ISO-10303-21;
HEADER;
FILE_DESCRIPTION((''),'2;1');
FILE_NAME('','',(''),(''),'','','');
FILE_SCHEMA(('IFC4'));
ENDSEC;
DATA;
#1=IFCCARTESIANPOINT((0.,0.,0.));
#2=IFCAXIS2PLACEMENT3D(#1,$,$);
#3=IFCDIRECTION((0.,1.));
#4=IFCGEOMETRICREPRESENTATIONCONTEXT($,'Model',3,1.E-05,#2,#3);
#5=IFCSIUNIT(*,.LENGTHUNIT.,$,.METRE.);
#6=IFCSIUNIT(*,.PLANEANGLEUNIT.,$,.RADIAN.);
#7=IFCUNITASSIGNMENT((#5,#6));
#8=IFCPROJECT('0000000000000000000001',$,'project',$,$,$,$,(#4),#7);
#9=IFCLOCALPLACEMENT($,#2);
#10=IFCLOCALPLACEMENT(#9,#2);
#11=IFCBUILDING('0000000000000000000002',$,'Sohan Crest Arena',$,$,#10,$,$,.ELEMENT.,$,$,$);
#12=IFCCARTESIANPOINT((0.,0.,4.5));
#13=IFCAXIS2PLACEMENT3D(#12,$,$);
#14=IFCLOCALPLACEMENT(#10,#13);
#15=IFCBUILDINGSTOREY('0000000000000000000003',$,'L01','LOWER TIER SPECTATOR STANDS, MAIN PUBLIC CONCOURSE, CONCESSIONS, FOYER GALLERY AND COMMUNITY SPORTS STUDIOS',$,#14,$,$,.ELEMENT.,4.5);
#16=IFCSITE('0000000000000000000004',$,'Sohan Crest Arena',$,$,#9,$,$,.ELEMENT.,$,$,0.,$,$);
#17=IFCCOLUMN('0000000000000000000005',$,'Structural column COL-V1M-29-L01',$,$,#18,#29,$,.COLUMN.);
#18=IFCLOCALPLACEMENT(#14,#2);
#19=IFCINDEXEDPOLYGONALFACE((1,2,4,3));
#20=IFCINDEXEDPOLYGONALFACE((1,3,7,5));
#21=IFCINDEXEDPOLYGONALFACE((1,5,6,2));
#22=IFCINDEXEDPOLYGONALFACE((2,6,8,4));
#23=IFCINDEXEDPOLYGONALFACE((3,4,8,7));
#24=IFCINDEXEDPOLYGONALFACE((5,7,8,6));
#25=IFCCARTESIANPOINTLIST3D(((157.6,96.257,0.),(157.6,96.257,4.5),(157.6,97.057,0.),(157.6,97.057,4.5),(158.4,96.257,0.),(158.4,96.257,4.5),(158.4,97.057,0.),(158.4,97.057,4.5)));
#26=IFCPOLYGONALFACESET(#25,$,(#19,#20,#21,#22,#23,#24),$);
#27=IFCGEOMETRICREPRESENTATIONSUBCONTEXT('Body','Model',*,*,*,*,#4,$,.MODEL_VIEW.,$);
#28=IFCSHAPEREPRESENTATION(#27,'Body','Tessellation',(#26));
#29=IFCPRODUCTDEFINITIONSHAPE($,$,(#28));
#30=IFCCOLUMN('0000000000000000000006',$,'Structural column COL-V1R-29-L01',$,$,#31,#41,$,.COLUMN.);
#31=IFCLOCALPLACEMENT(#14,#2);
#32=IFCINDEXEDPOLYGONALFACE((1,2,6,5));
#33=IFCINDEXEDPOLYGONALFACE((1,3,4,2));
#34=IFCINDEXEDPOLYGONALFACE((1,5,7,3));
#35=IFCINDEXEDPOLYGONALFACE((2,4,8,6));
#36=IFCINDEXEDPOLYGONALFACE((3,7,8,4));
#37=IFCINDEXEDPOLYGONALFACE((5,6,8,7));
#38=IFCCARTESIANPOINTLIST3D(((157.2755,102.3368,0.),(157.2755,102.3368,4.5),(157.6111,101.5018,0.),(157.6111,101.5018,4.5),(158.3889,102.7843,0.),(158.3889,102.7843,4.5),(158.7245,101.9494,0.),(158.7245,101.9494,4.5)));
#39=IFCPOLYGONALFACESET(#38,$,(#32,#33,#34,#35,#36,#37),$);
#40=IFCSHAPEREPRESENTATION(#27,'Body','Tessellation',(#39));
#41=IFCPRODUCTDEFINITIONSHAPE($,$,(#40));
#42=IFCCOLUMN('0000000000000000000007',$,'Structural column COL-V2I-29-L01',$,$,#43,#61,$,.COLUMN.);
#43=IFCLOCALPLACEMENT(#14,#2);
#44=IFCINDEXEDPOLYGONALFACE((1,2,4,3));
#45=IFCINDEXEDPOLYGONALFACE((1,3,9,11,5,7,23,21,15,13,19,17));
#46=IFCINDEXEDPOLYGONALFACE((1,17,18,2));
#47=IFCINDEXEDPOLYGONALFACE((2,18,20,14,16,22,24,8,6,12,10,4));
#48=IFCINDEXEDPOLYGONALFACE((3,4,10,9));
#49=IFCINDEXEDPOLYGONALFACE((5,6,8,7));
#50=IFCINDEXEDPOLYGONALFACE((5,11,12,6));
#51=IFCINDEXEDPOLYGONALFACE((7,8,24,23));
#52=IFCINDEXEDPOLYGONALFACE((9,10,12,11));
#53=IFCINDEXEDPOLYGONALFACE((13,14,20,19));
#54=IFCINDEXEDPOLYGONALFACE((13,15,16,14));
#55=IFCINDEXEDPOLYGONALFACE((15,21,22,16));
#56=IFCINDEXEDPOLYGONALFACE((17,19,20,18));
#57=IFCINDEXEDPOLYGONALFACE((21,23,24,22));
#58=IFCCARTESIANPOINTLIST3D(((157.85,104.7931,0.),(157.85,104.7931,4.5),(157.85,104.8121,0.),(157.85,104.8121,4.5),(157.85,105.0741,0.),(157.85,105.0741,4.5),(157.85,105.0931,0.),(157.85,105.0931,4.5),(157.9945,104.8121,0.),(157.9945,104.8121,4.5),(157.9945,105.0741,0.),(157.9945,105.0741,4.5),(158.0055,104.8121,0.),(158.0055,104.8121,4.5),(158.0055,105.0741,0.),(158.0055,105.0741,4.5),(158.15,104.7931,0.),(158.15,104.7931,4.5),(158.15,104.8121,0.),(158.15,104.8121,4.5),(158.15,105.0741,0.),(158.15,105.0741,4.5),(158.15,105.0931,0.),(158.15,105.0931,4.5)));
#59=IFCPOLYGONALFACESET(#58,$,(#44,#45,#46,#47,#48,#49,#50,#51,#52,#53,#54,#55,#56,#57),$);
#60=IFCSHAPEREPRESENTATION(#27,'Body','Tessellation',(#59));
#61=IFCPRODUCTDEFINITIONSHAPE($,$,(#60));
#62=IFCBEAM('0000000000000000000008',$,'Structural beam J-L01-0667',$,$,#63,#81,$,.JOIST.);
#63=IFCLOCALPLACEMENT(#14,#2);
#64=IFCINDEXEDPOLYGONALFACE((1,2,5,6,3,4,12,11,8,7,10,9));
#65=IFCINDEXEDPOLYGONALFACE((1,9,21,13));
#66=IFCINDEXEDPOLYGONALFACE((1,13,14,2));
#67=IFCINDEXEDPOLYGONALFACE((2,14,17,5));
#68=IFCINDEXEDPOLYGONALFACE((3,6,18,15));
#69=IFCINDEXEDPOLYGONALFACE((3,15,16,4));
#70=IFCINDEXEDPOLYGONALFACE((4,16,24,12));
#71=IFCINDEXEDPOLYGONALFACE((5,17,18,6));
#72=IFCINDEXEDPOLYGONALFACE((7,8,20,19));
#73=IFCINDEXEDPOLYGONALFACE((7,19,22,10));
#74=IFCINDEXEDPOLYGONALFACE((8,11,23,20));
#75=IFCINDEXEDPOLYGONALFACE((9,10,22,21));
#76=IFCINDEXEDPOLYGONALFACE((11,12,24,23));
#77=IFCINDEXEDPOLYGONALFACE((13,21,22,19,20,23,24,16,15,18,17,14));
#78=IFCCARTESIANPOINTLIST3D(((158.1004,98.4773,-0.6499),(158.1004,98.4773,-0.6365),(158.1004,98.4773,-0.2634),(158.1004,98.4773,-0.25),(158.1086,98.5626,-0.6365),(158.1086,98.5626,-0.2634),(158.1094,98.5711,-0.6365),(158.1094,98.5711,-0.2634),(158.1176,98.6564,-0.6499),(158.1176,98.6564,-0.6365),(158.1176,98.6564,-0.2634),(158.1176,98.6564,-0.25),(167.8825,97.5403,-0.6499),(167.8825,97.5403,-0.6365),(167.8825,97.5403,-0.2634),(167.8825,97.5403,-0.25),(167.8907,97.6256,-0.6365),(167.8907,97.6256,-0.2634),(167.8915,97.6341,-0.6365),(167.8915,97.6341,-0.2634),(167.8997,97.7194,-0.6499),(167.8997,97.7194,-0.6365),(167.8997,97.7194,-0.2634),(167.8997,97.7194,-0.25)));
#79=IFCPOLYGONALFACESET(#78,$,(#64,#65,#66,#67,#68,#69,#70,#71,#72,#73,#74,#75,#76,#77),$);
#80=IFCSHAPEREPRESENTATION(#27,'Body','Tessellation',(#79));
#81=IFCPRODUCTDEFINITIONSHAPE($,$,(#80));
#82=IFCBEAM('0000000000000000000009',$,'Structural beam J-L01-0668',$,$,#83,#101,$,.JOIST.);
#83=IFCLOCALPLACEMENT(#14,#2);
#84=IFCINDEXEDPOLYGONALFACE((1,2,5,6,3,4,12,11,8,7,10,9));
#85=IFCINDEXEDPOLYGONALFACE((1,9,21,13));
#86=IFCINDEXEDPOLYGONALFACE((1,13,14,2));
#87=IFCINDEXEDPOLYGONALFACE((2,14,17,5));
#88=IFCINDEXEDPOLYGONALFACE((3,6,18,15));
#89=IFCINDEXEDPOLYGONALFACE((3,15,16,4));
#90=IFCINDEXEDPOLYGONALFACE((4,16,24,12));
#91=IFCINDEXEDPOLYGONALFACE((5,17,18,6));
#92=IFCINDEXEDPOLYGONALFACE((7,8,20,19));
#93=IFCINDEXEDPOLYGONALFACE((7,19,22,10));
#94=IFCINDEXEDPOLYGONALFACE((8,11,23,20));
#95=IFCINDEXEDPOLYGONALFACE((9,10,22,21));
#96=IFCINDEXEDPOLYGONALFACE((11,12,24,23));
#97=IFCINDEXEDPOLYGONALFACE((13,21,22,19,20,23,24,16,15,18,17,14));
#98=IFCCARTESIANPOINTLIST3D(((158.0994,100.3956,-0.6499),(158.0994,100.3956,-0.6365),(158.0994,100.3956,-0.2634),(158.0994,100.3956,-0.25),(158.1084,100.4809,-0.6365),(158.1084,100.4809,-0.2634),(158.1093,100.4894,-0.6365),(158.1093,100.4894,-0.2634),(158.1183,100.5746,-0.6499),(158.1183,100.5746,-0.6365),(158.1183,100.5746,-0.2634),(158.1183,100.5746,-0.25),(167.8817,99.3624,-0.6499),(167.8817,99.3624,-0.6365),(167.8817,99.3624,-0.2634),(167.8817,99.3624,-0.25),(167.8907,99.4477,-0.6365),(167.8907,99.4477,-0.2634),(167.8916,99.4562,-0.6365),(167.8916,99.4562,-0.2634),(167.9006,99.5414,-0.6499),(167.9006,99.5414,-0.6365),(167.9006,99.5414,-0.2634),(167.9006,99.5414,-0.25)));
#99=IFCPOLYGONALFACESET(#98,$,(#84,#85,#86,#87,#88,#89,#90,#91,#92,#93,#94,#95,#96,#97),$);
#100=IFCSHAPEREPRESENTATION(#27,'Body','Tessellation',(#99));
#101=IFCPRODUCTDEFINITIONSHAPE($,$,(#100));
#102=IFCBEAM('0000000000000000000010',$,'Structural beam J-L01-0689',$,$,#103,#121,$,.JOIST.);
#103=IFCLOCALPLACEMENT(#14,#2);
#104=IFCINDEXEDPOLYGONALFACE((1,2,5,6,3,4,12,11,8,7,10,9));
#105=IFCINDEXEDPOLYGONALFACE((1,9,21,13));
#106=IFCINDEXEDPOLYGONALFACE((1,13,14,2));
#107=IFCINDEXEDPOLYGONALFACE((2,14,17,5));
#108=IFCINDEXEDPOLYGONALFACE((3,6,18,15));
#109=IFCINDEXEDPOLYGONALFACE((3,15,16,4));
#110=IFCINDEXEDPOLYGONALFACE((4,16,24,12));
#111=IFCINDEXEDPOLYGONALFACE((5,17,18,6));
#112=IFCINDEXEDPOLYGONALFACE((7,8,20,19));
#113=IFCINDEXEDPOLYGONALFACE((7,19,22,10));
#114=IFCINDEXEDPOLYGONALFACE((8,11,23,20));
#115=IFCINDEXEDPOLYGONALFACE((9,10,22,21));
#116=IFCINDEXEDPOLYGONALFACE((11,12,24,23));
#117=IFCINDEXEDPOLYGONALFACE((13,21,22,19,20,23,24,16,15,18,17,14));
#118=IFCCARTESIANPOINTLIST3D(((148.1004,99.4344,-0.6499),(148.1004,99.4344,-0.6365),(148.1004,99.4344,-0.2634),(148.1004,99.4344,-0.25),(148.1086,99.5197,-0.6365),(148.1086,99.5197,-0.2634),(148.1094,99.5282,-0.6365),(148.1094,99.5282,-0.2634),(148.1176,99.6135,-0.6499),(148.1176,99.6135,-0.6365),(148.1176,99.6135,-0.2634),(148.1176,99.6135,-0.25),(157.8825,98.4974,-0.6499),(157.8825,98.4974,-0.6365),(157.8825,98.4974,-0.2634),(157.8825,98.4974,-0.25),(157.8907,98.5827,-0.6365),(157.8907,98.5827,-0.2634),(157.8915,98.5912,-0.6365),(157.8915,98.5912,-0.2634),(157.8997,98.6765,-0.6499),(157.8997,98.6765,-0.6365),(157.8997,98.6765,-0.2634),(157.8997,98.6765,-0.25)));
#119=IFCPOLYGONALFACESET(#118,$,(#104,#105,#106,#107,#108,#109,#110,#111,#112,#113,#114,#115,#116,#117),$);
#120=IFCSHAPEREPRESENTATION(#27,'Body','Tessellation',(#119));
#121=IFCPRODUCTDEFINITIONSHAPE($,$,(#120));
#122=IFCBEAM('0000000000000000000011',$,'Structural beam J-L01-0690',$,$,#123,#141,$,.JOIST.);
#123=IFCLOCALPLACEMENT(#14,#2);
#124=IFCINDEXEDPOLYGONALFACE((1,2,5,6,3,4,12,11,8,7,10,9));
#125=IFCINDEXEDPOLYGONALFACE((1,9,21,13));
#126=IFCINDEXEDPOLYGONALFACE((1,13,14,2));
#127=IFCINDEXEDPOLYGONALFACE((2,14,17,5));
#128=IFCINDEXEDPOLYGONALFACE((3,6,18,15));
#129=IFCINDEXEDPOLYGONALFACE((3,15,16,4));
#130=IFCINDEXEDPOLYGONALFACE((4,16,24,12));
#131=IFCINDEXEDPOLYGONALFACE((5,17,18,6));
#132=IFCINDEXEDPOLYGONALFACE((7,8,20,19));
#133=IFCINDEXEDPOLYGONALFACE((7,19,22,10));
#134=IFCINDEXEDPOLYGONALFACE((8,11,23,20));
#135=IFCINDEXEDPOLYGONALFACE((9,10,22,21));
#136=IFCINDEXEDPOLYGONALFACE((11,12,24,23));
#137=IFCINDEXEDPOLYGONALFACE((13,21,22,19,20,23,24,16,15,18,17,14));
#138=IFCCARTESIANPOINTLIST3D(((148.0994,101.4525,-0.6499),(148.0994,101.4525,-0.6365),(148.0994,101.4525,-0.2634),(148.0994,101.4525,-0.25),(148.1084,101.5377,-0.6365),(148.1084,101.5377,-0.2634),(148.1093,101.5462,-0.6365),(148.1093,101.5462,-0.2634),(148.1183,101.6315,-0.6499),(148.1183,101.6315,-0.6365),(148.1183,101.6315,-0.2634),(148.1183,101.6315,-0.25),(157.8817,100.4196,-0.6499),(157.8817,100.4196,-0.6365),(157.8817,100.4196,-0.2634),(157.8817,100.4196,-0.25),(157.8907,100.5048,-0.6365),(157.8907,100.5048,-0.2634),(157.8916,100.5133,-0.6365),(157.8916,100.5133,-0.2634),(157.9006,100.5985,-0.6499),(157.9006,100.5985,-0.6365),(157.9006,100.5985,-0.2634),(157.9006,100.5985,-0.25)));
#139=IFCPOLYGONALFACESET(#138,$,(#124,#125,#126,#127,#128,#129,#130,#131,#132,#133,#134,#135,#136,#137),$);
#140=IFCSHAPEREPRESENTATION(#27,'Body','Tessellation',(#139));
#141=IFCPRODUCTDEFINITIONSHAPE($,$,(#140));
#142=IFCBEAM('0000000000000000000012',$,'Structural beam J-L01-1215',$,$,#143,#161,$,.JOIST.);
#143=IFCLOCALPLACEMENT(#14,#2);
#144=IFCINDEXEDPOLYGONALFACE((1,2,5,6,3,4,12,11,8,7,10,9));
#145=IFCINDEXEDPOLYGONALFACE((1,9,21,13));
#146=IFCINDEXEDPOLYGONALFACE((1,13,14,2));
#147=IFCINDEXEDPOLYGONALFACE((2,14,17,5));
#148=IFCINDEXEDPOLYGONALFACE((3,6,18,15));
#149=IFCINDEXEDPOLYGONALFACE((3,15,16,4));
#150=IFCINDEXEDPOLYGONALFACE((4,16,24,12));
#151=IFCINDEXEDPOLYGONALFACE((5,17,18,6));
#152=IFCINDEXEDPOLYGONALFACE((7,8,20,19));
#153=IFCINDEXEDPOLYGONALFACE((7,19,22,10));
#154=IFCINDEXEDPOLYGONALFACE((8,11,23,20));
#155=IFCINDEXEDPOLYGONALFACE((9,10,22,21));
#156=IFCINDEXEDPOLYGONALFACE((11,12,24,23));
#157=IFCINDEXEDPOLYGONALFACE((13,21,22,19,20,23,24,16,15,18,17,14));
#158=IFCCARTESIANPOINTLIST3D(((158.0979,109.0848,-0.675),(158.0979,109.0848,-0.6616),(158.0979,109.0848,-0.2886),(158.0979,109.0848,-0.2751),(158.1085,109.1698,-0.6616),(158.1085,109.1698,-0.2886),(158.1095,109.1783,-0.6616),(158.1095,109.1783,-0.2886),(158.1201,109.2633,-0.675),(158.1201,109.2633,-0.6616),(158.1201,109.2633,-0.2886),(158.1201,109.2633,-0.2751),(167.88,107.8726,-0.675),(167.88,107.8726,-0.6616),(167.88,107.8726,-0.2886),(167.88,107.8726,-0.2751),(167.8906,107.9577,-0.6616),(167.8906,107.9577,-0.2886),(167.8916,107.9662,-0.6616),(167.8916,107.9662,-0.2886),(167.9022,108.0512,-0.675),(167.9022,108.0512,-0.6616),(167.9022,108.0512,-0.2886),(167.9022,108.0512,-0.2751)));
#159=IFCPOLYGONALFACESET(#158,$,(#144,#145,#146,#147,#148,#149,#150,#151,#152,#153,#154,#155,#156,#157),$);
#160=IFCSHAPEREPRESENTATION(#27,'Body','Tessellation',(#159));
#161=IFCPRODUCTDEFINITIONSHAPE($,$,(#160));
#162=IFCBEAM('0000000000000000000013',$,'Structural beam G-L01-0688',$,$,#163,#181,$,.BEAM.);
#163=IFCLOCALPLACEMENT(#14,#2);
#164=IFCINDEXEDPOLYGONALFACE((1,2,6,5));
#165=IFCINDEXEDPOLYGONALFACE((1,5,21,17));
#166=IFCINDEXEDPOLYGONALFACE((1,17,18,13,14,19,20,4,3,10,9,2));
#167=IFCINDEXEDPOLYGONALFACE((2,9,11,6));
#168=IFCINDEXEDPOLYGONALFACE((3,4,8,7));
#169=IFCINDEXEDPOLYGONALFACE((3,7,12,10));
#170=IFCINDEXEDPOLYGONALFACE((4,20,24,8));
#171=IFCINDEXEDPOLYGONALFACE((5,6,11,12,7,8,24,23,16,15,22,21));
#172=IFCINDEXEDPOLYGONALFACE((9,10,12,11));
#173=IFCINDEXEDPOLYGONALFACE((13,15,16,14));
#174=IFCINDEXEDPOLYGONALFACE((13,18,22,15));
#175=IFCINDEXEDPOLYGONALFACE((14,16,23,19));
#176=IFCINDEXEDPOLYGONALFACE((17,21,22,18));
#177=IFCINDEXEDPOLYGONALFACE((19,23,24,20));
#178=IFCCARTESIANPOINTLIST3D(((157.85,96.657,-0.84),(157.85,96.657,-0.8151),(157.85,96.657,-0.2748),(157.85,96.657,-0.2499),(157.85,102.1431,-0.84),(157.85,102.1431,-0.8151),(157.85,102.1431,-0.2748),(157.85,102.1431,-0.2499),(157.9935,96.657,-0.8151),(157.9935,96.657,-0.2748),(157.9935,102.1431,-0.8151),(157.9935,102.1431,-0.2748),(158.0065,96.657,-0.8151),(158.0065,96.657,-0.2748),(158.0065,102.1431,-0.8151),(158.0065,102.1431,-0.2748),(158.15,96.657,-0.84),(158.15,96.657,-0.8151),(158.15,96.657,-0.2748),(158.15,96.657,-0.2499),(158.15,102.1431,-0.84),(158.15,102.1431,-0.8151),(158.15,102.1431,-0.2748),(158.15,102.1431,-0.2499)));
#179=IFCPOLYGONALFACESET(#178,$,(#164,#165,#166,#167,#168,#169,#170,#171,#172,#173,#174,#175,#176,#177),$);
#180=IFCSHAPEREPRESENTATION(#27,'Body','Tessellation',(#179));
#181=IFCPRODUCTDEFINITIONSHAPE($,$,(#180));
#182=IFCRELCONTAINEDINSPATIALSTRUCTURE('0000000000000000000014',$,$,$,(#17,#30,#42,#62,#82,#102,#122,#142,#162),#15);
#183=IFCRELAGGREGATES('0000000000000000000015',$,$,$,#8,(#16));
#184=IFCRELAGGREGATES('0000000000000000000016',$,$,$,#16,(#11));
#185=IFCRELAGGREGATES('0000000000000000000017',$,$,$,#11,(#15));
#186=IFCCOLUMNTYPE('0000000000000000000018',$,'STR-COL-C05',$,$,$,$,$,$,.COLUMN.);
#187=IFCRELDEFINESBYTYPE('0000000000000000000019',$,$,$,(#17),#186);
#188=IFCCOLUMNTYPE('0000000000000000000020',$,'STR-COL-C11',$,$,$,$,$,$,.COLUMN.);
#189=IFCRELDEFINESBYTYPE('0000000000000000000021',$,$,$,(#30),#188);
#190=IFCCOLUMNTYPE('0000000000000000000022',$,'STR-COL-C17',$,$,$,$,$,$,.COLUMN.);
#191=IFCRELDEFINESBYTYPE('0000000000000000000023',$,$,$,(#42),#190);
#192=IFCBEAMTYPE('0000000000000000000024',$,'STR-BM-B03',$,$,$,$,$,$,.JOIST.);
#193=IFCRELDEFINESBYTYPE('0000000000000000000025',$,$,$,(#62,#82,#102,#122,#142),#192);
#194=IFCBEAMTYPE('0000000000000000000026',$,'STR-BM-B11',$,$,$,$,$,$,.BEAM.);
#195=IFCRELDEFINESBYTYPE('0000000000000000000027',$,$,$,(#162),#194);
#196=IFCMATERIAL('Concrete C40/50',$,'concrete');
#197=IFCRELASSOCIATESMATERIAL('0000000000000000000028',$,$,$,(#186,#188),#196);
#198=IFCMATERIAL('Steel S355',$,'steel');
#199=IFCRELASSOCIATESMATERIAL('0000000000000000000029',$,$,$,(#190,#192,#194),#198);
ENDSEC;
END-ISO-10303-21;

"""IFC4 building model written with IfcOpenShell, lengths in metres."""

from ifc_helpers import new_model, si_unit, direction, frame, origin, origin_2d, place, context, subcontext, project, spatial, rectangle, i_section, extrude, material, material_profile, profile_set, type_object, element, save


model = new_model("IFC4")

# Units and contexts
model_context = context("Model", 3, precision=1e-05, world=origin(), true_north=direction((0.0, 1.0)))
body_context = subcontext(model_context, "Body", "Model", "MODEL_VIEW")
ifc_project = project(units=[si_unit("LENGTHUNIT", "METRE"), si_unit("PLANEANGLEUNIT", "RADIAN")], contexts=[model_context])

# Site, building, storey
site_placement = place(None, origin())
site = spatial("IfcSite", under=ifc_project, at=site_placement, Name="Sohan Crest Arena", CompositionType="ELEMENT", RefElevation=0.0)
building_placement = place(site_placement, origin())
building = spatial("IfcBuilding", under=site, at=building_placement, Name="Sohan Crest Arena", CompositionType="ELEMENT")
storey_placement = place(building_placement, frame((0.0, 0.0, 4.5)))
storey = spatial("IfcBuildingStorey", under=building, at=storey_placement, Name="L01", Description="LOWER TIER SPECTATOR STANDS, MAIN PUBLIC CONCOURSE, CONCESSIONS, FOYER GALLERY AND COMMUNITY SPORTS STUDIOS", CompositionType="ELEMENT", Elevation=4.5)

# Columns
ifc_material_1 = material(Name="Concrete C40/50", Category="concrete")
ifc_material_profile_1 = material_profile(ifc_material_1, rectangle(XDim=0.8, YDim=0.8, at=origin_2d()), Name="RC 800x800")
ifc_profile_set_1 = profile_set([ifc_material_profile_1], Name="Concrete C40/50")
column_type_1 = type_object("IfcColumnType", Name="STR-COL-C05", PredefinedType="COLUMN", material=ifc_profile_set_1)
column_1_placement = place(storey_placement, frame((158.0, 96.657, 0.0), z_axis=(0.0, 0.0, 1.0), x_axis=(1.0, 0.0, 0.0)))
element("IfcColumn", 1, at=column_1_placement, inside=storey, type_object=column_type_1, Name="Structural column COL-V1M-29-L01", PredefinedType="COLUMN", context=body_context, shape_type="SweptSolid", body=[
    extrude(rectangle(XDim=0.8, YDim=0.8, at=origin_2d()), origin(), (0.0, 0.0, 1.0), 4.5),
])
ifc_material_profile_2 = material_profile(ifc_material_1, rectangle(XDim=1.2, YDim=0.8999, at=origin_2d()), Name="RC 1200x900")
ifc_profile_set_2 = profile_set([ifc_material_profile_2], Name="Concrete C40/50")
column_type_2 = type_object("IfcColumnType", Name="STR-COL-C11", PredefinedType="COLUMN", material=ifc_profile_set_2)
column_2_placement = place(storey_placement, frame((158.0, 102.1431, 0.0), z_axis=(0.0, 0.0, 1.0), x_axis=(0.927836, 0.372988, 0.0)))
element("IfcColumn", 2, at=column_2_placement, inside=storey, type_object=column_type_2, Name="Structural column COL-V1R-29-L01", PredefinedType="COLUMN", context=body_context, shape_type="SweptSolid", body=[
    extrude(rectangle(XDim=1.2, YDim=0.8999, at=origin_2d()), origin(), (0.0, 0.0, 1.0), 4.5),
])
ifc_material_2 = material(Name="Steel S355", Category="steel")
ifc_material_profile_3 = material_profile(ifc_material_2, i_section(OverallWidth=0.3, OverallDepth=0.3, WebThickness=0.011, FlangeThickness=0.019, at=origin_2d()), Name="HEB 300")
ifc_profile_set_3 = profile_set([ifc_material_profile_3], Name="Steel S355")
column_type_3 = type_object("IfcColumnType", Name="STR-COL-C17", PredefinedType="COLUMN", material=ifc_profile_set_3)
column_3_placement = place(storey_placement, frame((158.0, 104.9431, 0.0), z_axis=(0.0, 0.0, 1.0), x_axis=(1.0, 0.0, 0.0)))
element("IfcColumn", 3, at=column_3_placement, inside=storey, type_object=column_type_3, Name="Structural column COL-V2I-29-L01", PredefinedType="COLUMN", context=body_context, shape_type="SweptSolid", body=[
    extrude(i_section(OverallWidth=0.3, OverallDepth=0.3, WebThickness=0.011, FlangeThickness=0.019, at=origin_2d()), origin(), (0.0, 0.0, 1.0), 4.5),
])

# Beams
ifc_material_profile_4 = material_profile(ifc_material_2, i_section(OverallWidth=0.1799, OverallDepth=0.3999, WebThickness=0.0085, FlangeThickness=0.0134, at=origin_2d()), Name="IPE 400")
ifc_profile_set_4 = profile_set([ifc_material_profile_4], Name="Steel S355")
beam_type_1 = type_object("IfcBeamType", Name="STR-BM-B03", PredefinedType="JOIST", material=ifc_profile_set_4)
beam_1_placement = place(storey_placement, frame((167.8911, 97.6299, -0.45), z_axis=(-0.995444, 0.095351, 0.0), x_axis=(-0.095351, -0.995444, 0.0)))
element("IfcBeam", 4, at=beam_1_placement, inside=storey, type_object=beam_type_1, Name="Structural beam J-L01-0667", PredefinedType="JOIST", context=body_context, shape_type="SweptSolid", body=[
    extrude(i_section(OverallWidth=0.1799, OverallDepth=0.3999, WebThickness=0.0085, FlangeThickness=0.0134, at=origin_2d()), origin(), (0.0, 0.0, 1.0), 9.8269),
])
beam_2_placement = place(storey_placement, frame((167.8911, 99.4519, -0.45), z_axis=(-0.994468, 0.105036, 0.0), x_axis=(-0.105036, -0.994468, 0.0)))
element("IfcBeam", 5, at=beam_2_placement, inside=storey, type_object=beam_type_1, Name="Structural beam J-L01-0668", PredefinedType="JOIST", context=body_context, shape_type="SweptSolid", body=[
    extrude(i_section(OverallWidth=0.1799, OverallDepth=0.3999, WebThickness=0.0085, FlangeThickness=0.0134, at=origin_2d()), origin(), (0.0, 0.0, 1.0), 9.8367),
])
beam_3_placement = place(storey_placement, frame((157.8911, 98.5869, -0.45), z_axis=(-0.995444, 0.095351, 0.0), x_axis=(-0.095351, -0.995444, 0.0)))
element("IfcBeam", 6, at=beam_3_placement, inside=storey, type_object=beam_type_1, Name="Structural beam J-L01-0689", PredefinedType="JOIST", context=body_context, shape_type="SweptSolid", body=[
    extrude(i_section(OverallWidth=0.1799, OverallDepth=0.3999, WebThickness=0.0085, FlangeThickness=0.0134, at=origin_2d()), origin(), (0.0, 0.0, 1.0), 9.8269),
])
beam_4_placement = place(storey_placement, frame((157.8911, 100.509, -0.45), z_axis=(-0.994471, 0.105012, 0.0), x_axis=(-0.105012, -0.994471, 0.0)))
element("IfcBeam", 7, at=beam_4_placement, inside=storey, type_object=beam_type_1, Name="Structural beam J-L01-0690", PredefinedType="JOIST", context=body_context, shape_type="SweptSolid", body=[
    extrude(i_section(OverallWidth=0.1799, OverallDepth=0.3999, WebThickness=0.0085, FlangeThickness=0.0134, at=origin_2d()), origin(), (0.0, 0.0, 1.0), 9.8367),
])
beam_5_placement = place(storey_placement, frame((167.8911, 107.9619, -0.4751), z_axis=(-0.99241, 0.122974, 0.0), x_axis=(-0.122974, -0.99241, 0.0)))
element("IfcBeam", 8, at=beam_5_placement, inside=storey, type_object=beam_type_1, Name="Structural beam J-L01-1215", PredefinedType="JOIST", context=body_context, shape_type="SweptSolid", body=[
    extrude(i_section(OverallWidth=0.1799, OverallDepth=0.3999, WebThickness=0.0085, FlangeThickness=0.0134, at=origin_2d()), origin(), (0.0, 0.0, 1.0), 9.8569),
])
ifc_material_profile_5 = material_profile(ifc_material_2, i_section(OverallWidth=0.3, OverallDepth=0.5901, WebThickness=0.0129, FlangeThickness=0.0249, at=origin_2d()), Name="HEA 600")
ifc_profile_set_5 = profile_set([ifc_material_profile_5], Name="Steel S355")
beam_type_2 = type_object("IfcBeamType", Name="STR-BM-B11", PredefinedType="BEAM", material=ifc_profile_set_5)
beam_6_placement = place(storey_placement, frame((158.0, 96.657, -0.5449), z_axis=(0.0, 1.0, 0.0), x_axis=(-1.0, 0.0, 0.0)))
element("IfcBeam", 9, at=beam_6_placement, inside=storey, type_object=beam_type_2, Name="Structural beam G-L01-0688", PredefinedType="BEAM", context=body_context, shape_type="SweptSolid", body=[
    extrude(i_section(OverallWidth=0.3, OverallDepth=0.5901, WebThickness=0.0129, FlangeThickness=0.0249, at=origin_2d()), origin(), (0.0, 0.0, 1.0), 5.4861),
])

save(model, "model.ifc")
